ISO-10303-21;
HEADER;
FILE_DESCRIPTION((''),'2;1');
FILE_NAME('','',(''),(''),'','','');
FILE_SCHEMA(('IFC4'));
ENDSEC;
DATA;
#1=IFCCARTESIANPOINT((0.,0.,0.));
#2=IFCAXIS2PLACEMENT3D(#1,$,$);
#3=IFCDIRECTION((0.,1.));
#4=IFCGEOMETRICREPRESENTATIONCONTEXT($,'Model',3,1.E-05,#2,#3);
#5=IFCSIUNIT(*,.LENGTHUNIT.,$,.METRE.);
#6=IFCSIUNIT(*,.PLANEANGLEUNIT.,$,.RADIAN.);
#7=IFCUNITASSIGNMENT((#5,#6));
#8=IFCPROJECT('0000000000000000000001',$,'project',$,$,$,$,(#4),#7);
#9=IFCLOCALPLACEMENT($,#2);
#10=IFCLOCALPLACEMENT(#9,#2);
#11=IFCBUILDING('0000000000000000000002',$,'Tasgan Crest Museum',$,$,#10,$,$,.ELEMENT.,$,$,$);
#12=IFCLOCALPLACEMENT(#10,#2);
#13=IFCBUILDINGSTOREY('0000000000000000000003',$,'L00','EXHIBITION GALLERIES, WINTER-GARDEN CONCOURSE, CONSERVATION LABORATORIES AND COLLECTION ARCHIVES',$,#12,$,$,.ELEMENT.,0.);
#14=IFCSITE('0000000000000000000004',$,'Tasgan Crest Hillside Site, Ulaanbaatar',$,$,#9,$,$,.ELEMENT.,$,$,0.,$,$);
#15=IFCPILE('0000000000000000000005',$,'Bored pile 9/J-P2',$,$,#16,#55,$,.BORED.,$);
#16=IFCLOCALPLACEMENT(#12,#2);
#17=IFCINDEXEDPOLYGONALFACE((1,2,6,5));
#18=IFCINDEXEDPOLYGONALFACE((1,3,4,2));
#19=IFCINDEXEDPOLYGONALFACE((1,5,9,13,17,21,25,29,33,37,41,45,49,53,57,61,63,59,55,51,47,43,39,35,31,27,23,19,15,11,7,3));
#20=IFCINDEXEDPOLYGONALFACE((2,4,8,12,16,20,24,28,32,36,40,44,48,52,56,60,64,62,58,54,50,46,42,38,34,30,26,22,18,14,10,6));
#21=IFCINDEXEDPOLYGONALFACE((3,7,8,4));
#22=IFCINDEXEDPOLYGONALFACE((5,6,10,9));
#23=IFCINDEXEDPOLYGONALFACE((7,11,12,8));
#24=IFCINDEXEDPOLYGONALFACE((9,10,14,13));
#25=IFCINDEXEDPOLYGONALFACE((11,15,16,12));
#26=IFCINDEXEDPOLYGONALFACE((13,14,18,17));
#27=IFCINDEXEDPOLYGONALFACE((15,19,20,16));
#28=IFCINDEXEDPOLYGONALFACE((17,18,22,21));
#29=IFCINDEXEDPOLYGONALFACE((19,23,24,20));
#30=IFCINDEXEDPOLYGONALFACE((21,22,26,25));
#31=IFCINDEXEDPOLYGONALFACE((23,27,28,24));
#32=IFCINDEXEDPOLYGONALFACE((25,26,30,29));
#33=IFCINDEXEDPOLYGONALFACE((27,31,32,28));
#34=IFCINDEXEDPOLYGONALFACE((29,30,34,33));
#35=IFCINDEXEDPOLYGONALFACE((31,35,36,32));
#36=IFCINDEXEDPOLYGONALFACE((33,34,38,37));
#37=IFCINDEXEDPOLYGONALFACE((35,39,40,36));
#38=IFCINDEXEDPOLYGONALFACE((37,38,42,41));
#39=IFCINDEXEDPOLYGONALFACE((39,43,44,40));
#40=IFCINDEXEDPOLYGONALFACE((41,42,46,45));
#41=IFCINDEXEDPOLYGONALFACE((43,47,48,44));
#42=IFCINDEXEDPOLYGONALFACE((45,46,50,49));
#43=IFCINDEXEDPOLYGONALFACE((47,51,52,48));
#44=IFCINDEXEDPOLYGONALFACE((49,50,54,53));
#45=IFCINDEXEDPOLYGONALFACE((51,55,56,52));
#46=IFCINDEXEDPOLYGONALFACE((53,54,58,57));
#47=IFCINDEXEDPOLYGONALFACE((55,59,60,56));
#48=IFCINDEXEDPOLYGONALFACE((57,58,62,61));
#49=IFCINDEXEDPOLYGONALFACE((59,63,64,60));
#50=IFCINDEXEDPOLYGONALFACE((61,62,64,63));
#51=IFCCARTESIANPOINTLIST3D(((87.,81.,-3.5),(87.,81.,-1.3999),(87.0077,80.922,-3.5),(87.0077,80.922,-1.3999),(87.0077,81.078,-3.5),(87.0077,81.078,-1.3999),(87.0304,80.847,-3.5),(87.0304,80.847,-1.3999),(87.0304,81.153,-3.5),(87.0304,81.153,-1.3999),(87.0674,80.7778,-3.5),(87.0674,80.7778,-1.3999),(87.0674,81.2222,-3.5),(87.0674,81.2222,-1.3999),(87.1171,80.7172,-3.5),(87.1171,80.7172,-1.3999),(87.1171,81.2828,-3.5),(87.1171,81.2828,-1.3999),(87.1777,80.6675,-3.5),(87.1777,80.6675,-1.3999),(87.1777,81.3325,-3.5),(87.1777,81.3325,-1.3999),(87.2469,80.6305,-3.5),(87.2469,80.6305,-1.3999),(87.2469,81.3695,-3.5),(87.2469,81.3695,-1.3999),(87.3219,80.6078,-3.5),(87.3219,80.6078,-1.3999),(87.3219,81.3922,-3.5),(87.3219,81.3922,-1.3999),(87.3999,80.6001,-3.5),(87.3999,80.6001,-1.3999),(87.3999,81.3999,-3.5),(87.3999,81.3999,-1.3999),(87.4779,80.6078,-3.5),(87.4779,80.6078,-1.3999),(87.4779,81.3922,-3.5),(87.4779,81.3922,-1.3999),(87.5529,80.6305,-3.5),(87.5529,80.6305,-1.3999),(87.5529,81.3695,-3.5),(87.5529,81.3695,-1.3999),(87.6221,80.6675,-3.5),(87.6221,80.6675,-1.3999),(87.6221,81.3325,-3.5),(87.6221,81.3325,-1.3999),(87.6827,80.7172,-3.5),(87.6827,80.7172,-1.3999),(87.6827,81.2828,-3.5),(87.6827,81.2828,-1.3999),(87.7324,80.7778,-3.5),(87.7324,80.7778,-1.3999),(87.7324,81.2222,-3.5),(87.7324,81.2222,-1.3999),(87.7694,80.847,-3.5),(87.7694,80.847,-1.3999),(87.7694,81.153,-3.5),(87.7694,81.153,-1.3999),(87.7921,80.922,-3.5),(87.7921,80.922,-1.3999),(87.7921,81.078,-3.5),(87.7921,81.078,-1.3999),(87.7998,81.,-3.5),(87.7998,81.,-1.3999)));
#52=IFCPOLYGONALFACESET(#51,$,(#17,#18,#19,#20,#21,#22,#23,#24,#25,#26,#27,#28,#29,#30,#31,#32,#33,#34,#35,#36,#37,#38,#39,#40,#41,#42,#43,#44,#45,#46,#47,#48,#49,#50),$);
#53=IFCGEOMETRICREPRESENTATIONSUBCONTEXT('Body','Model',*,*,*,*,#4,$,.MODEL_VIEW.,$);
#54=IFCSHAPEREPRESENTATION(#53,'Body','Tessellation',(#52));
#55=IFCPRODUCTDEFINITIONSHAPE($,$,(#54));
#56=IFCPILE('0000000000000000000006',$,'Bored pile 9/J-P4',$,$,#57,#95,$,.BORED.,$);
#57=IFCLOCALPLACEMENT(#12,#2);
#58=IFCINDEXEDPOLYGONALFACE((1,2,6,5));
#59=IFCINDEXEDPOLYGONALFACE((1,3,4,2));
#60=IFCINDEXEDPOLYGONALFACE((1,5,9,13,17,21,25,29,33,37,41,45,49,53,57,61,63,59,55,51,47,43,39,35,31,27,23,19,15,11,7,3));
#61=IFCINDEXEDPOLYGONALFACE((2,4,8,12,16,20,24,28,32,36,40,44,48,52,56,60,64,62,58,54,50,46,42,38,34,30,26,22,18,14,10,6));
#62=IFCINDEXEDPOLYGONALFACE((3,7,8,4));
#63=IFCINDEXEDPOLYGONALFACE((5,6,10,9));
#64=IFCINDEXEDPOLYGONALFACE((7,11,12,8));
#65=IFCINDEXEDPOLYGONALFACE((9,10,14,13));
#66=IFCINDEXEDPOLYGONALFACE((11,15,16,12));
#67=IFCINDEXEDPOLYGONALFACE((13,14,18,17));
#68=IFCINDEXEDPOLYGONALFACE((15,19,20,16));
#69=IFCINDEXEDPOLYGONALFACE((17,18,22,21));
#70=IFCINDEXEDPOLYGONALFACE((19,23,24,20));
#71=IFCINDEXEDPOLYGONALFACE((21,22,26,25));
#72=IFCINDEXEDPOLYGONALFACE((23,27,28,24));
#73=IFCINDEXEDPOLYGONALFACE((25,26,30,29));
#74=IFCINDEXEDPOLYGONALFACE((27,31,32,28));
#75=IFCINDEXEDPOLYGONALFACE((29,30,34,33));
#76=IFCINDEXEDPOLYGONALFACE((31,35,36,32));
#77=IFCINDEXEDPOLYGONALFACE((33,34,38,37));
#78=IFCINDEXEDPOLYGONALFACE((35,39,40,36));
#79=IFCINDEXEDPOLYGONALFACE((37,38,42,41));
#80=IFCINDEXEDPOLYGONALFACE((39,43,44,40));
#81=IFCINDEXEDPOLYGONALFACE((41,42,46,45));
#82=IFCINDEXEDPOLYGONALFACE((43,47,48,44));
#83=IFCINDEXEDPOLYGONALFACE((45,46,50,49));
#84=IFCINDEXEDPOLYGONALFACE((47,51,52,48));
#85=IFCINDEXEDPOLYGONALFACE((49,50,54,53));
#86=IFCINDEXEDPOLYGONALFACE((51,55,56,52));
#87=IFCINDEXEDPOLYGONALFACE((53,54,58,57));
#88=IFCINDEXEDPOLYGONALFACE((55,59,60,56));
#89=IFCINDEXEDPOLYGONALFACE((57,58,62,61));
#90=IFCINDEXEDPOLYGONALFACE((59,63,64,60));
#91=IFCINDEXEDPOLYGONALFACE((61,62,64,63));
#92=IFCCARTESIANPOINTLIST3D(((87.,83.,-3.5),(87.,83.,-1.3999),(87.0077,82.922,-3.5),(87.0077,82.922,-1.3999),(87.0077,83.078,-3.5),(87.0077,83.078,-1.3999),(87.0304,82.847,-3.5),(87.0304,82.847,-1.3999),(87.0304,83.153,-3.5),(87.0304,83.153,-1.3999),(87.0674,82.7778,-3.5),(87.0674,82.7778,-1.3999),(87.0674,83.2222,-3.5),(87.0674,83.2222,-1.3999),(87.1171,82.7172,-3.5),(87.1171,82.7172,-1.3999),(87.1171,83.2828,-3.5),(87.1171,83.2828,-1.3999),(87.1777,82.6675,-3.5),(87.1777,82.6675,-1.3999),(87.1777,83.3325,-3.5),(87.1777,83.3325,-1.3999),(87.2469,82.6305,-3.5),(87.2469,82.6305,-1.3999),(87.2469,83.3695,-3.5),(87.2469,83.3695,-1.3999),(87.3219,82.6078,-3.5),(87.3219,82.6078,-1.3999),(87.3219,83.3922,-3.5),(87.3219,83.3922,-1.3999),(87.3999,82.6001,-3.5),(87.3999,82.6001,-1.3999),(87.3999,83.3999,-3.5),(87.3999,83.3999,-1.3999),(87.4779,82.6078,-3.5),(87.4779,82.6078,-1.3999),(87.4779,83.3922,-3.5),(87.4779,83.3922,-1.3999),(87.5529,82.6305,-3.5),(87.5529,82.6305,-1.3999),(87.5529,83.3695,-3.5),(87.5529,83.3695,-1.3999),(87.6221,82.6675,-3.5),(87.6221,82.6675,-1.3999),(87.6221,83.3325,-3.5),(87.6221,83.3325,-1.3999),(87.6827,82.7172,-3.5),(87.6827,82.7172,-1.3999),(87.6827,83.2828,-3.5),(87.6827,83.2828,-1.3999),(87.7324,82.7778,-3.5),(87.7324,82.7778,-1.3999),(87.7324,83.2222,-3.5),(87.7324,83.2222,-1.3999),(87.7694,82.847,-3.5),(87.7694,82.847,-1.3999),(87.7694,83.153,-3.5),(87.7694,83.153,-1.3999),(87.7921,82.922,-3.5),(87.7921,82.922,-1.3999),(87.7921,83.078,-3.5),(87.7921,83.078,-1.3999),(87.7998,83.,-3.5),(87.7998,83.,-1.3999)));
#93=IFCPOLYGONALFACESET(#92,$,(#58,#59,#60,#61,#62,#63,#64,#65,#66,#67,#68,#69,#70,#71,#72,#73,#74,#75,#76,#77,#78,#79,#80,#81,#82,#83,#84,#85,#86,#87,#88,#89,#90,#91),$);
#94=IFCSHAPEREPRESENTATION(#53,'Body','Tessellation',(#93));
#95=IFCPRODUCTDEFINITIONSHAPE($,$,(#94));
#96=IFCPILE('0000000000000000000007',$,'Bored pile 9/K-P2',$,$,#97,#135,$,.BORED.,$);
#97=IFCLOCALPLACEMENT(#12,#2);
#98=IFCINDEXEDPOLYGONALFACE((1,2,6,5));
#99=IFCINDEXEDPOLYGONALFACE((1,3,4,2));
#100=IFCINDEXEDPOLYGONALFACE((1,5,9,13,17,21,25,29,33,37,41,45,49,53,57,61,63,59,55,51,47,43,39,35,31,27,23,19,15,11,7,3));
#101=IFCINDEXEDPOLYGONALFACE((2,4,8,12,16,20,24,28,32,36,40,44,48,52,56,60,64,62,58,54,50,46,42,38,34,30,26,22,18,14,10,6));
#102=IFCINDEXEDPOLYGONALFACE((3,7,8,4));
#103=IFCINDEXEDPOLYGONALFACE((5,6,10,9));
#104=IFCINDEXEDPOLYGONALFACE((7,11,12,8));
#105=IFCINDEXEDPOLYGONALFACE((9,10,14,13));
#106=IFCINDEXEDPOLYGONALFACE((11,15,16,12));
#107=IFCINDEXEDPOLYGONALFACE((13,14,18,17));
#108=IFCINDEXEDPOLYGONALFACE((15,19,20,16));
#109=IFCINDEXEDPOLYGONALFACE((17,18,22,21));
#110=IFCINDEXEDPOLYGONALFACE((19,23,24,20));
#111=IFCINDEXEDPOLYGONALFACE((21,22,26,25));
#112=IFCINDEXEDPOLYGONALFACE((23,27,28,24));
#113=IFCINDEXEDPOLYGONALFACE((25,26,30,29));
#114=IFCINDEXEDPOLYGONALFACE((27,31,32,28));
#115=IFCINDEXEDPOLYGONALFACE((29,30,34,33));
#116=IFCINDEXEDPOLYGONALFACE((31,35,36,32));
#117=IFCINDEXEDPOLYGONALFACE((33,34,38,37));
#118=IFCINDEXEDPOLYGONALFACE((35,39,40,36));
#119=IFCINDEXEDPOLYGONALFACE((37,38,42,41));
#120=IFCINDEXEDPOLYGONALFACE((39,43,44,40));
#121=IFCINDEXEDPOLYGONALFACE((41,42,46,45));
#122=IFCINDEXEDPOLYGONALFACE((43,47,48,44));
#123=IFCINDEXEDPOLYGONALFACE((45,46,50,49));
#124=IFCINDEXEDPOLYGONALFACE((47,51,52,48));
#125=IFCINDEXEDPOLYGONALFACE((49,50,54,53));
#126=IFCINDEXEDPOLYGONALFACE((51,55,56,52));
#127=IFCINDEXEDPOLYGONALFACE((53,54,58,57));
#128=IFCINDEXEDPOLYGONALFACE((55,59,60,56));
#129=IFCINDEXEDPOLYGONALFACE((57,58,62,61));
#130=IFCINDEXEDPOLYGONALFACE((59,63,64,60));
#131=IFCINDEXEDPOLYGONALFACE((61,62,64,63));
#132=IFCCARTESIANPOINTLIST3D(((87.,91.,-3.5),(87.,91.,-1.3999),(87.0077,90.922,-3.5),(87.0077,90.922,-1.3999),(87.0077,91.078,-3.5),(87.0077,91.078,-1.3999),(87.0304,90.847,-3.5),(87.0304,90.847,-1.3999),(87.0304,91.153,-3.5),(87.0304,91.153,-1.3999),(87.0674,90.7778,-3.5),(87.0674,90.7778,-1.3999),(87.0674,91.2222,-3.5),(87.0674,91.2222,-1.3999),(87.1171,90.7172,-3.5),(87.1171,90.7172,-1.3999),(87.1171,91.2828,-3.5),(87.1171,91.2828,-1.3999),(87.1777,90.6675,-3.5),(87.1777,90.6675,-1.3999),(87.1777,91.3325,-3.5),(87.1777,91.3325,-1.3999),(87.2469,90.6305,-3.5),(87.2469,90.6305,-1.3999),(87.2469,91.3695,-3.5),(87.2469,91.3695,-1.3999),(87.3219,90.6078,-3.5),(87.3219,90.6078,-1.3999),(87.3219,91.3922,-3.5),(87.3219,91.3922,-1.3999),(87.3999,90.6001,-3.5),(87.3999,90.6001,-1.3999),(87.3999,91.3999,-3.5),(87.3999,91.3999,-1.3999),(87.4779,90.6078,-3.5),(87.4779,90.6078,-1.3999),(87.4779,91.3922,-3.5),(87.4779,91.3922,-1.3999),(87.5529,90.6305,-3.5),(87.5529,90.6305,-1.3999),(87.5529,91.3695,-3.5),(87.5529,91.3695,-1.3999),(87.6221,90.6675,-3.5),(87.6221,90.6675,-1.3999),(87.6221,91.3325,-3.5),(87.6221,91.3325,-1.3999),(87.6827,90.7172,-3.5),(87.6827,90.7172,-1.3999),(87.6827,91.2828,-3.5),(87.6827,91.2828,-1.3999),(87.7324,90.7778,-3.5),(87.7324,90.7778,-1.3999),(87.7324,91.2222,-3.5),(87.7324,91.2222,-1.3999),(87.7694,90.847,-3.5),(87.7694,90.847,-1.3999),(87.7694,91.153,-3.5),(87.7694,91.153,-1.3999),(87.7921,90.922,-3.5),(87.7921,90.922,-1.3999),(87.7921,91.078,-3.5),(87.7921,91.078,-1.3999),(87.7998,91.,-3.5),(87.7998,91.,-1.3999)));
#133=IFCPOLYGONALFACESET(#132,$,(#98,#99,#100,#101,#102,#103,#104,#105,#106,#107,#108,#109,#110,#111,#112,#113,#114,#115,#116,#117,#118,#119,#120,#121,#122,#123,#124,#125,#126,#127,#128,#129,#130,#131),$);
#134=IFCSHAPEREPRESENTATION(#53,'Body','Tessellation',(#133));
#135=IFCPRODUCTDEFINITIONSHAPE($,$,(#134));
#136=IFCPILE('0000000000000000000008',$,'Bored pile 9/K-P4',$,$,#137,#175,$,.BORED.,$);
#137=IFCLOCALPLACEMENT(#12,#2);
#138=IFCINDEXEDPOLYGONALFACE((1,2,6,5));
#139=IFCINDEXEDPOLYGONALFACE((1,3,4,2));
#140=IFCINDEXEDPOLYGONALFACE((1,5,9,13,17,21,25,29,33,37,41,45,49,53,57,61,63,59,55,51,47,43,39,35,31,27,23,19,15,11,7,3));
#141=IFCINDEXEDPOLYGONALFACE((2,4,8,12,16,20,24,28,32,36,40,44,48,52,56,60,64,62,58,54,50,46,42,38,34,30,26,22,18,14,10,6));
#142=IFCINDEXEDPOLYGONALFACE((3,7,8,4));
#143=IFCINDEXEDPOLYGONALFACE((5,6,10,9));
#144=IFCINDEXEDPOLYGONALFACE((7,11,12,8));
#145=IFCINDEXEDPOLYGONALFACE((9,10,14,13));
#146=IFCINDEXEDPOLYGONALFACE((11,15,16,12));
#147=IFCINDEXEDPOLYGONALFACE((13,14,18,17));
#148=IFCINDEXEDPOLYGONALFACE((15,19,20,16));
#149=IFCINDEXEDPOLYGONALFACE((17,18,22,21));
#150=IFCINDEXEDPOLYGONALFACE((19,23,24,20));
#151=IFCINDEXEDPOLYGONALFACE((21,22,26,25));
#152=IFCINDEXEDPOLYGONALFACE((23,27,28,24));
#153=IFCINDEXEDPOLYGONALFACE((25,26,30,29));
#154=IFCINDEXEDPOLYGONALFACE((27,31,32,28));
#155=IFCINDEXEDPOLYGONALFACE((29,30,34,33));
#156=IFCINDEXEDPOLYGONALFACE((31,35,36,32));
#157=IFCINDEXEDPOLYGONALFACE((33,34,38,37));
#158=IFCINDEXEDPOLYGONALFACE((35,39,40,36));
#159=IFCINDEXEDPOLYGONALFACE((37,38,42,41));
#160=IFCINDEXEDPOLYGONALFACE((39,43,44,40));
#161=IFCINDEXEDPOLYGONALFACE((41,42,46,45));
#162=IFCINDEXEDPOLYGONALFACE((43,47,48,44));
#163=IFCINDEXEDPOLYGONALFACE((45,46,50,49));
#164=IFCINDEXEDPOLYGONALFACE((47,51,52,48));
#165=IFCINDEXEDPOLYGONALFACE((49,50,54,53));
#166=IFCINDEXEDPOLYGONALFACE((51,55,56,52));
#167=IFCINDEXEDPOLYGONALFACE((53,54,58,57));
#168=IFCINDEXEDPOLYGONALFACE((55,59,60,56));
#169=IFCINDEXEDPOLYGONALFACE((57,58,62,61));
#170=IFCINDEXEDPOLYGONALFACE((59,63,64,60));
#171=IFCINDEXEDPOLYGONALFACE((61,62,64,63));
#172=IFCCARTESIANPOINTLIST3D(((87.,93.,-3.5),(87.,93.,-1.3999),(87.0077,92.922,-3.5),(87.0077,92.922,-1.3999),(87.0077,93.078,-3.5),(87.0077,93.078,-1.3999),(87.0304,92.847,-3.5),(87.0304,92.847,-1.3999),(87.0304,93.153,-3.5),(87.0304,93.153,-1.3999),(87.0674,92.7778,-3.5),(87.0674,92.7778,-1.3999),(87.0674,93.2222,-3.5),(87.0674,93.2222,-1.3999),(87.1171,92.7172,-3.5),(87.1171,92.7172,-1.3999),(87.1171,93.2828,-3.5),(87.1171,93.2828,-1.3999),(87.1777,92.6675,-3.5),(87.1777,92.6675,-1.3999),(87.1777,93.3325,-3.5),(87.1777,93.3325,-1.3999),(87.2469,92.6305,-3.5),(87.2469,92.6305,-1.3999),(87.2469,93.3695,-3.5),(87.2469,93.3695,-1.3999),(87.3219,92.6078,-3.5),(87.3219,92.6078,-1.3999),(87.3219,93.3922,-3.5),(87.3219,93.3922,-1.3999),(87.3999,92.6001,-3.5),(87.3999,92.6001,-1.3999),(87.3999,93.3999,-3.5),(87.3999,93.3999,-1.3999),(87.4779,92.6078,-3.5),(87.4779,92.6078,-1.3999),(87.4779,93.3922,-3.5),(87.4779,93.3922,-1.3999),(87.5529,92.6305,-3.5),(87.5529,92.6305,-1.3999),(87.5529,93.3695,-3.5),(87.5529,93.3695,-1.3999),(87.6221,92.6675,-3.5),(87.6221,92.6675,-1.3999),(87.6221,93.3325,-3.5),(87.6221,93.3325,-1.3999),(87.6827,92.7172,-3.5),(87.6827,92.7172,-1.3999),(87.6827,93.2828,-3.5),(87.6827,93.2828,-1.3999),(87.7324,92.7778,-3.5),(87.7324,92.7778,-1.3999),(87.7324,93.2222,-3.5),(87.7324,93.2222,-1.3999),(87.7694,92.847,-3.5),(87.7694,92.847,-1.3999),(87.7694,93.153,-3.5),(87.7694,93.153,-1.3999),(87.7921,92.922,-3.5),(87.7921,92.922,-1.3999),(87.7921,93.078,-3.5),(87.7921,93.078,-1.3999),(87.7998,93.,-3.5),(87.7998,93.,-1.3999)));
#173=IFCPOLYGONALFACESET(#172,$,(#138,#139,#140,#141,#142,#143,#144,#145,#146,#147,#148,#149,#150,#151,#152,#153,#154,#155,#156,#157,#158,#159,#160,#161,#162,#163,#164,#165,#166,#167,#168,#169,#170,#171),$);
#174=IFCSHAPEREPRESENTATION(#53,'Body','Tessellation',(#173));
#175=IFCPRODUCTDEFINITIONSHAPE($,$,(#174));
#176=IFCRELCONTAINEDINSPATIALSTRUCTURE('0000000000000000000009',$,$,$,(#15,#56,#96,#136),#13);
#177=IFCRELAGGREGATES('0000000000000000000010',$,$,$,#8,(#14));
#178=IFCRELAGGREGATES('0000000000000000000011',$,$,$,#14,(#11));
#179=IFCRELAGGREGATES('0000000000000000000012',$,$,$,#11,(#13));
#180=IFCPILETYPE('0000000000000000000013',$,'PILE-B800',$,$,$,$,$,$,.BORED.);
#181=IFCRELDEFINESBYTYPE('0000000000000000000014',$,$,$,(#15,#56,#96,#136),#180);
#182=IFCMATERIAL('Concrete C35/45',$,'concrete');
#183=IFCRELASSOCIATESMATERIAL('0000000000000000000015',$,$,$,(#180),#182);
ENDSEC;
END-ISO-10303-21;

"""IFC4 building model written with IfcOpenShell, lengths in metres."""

from ifc_helpers import new_model, si_unit, direction, frame, origin, origin_2d, place, context, subcontext, project, spatial, circle, extrude, material, material_profile, profile_set, type_object, element, save


model = new_model("IFC4")

# Units and contexts
model_context = context("Model", 3, precision=1e-05, world=origin(), true_north=direction((0.0, 1.0)))
body_context = subcontext(model_context, "Body", "Model", "MODEL_VIEW")
ifc_project = project(units=[si_unit("LENGTHUNIT", "METRE"), si_unit("PLANEANGLEUNIT", "RADIAN")], contexts=[model_context])

# Site, building, storey
site_placement = place(None, origin())
site = spatial("IfcSite", under=ifc_project, at=site_placement, Name="Tasgan Crest Hillside Site, Ulaanbaatar", CompositionType="ELEMENT", RefElevation=0.0)
building_placement = place(site_placement, origin())
building = spatial("IfcBuilding", under=site, at=building_placement, Name="Tasgan Crest Museum", CompositionType="ELEMENT")
storey_placement = place(building_placement, origin())
storey = spatial("IfcBuildingStorey", under=building, at=storey_placement, Name="L00", Description="EXHIBITION GALLERIES, WINTER-GARDEN CONCOURSE, CONSERVATION LABORATORIES AND COLLECTION ARCHIVES", CompositionType="ELEMENT", Elevation=0.0)

# Piles
ifc_material_1 = material(Name="Concrete C35/45", Category="concrete")
ifc_material_profile_1 = material_profile(ifc_material_1, circle(Radius=0.3999, at=origin_2d()), Name="PILE D800")
ifc_profile_set_1 = profile_set([ifc_material_profile_1], Name="Concrete C35/45")
pile_type_1 = type_object("IfcPileType", Name="PILE-B800", PredefinedType="BORED", material=ifc_profile_set_1)
for number, where, z_axis, x_axis, name in (
    (1, (87.3999, 81.0, -1.3999), (0.0, 0.0, -1.0), (1.0, 0.0, 0.0), "Bored pile 9/J-P2"),
    (2, (87.3999, 83.0, -1.3999), (0.0, 0.0, -1.0), (1.0, 0.0, 0.0), "Bored pile 9/J-P4"),
    (3, (87.3999, 91.0, -1.3999), (0.0, 0.0, -1.0), (1.0, 0.0, 0.0), "Bored pile 9/K-P2"),
    (4, (87.3999, 93.0, -1.3999), (0.0, 0.0, -1.0), (1.0, 0.0, 0.0), "Bored pile 9/K-P4"),
):
    element("IfcPile", number, at=place(storey_placement, frame(where, z_axis=z_axis, x_axis=x_axis)), inside=storey, type_object=pile_type_1, Name=name, PredefinedType="BORED", context=body_context, shape_type="SweptSolid", body=[
        extrude(circle(Radius=0.3999, at=origin_2d()), origin(), (0.0, 0.0, 1.0), 2.1001),
    ])

save(model, "model.ifc")
